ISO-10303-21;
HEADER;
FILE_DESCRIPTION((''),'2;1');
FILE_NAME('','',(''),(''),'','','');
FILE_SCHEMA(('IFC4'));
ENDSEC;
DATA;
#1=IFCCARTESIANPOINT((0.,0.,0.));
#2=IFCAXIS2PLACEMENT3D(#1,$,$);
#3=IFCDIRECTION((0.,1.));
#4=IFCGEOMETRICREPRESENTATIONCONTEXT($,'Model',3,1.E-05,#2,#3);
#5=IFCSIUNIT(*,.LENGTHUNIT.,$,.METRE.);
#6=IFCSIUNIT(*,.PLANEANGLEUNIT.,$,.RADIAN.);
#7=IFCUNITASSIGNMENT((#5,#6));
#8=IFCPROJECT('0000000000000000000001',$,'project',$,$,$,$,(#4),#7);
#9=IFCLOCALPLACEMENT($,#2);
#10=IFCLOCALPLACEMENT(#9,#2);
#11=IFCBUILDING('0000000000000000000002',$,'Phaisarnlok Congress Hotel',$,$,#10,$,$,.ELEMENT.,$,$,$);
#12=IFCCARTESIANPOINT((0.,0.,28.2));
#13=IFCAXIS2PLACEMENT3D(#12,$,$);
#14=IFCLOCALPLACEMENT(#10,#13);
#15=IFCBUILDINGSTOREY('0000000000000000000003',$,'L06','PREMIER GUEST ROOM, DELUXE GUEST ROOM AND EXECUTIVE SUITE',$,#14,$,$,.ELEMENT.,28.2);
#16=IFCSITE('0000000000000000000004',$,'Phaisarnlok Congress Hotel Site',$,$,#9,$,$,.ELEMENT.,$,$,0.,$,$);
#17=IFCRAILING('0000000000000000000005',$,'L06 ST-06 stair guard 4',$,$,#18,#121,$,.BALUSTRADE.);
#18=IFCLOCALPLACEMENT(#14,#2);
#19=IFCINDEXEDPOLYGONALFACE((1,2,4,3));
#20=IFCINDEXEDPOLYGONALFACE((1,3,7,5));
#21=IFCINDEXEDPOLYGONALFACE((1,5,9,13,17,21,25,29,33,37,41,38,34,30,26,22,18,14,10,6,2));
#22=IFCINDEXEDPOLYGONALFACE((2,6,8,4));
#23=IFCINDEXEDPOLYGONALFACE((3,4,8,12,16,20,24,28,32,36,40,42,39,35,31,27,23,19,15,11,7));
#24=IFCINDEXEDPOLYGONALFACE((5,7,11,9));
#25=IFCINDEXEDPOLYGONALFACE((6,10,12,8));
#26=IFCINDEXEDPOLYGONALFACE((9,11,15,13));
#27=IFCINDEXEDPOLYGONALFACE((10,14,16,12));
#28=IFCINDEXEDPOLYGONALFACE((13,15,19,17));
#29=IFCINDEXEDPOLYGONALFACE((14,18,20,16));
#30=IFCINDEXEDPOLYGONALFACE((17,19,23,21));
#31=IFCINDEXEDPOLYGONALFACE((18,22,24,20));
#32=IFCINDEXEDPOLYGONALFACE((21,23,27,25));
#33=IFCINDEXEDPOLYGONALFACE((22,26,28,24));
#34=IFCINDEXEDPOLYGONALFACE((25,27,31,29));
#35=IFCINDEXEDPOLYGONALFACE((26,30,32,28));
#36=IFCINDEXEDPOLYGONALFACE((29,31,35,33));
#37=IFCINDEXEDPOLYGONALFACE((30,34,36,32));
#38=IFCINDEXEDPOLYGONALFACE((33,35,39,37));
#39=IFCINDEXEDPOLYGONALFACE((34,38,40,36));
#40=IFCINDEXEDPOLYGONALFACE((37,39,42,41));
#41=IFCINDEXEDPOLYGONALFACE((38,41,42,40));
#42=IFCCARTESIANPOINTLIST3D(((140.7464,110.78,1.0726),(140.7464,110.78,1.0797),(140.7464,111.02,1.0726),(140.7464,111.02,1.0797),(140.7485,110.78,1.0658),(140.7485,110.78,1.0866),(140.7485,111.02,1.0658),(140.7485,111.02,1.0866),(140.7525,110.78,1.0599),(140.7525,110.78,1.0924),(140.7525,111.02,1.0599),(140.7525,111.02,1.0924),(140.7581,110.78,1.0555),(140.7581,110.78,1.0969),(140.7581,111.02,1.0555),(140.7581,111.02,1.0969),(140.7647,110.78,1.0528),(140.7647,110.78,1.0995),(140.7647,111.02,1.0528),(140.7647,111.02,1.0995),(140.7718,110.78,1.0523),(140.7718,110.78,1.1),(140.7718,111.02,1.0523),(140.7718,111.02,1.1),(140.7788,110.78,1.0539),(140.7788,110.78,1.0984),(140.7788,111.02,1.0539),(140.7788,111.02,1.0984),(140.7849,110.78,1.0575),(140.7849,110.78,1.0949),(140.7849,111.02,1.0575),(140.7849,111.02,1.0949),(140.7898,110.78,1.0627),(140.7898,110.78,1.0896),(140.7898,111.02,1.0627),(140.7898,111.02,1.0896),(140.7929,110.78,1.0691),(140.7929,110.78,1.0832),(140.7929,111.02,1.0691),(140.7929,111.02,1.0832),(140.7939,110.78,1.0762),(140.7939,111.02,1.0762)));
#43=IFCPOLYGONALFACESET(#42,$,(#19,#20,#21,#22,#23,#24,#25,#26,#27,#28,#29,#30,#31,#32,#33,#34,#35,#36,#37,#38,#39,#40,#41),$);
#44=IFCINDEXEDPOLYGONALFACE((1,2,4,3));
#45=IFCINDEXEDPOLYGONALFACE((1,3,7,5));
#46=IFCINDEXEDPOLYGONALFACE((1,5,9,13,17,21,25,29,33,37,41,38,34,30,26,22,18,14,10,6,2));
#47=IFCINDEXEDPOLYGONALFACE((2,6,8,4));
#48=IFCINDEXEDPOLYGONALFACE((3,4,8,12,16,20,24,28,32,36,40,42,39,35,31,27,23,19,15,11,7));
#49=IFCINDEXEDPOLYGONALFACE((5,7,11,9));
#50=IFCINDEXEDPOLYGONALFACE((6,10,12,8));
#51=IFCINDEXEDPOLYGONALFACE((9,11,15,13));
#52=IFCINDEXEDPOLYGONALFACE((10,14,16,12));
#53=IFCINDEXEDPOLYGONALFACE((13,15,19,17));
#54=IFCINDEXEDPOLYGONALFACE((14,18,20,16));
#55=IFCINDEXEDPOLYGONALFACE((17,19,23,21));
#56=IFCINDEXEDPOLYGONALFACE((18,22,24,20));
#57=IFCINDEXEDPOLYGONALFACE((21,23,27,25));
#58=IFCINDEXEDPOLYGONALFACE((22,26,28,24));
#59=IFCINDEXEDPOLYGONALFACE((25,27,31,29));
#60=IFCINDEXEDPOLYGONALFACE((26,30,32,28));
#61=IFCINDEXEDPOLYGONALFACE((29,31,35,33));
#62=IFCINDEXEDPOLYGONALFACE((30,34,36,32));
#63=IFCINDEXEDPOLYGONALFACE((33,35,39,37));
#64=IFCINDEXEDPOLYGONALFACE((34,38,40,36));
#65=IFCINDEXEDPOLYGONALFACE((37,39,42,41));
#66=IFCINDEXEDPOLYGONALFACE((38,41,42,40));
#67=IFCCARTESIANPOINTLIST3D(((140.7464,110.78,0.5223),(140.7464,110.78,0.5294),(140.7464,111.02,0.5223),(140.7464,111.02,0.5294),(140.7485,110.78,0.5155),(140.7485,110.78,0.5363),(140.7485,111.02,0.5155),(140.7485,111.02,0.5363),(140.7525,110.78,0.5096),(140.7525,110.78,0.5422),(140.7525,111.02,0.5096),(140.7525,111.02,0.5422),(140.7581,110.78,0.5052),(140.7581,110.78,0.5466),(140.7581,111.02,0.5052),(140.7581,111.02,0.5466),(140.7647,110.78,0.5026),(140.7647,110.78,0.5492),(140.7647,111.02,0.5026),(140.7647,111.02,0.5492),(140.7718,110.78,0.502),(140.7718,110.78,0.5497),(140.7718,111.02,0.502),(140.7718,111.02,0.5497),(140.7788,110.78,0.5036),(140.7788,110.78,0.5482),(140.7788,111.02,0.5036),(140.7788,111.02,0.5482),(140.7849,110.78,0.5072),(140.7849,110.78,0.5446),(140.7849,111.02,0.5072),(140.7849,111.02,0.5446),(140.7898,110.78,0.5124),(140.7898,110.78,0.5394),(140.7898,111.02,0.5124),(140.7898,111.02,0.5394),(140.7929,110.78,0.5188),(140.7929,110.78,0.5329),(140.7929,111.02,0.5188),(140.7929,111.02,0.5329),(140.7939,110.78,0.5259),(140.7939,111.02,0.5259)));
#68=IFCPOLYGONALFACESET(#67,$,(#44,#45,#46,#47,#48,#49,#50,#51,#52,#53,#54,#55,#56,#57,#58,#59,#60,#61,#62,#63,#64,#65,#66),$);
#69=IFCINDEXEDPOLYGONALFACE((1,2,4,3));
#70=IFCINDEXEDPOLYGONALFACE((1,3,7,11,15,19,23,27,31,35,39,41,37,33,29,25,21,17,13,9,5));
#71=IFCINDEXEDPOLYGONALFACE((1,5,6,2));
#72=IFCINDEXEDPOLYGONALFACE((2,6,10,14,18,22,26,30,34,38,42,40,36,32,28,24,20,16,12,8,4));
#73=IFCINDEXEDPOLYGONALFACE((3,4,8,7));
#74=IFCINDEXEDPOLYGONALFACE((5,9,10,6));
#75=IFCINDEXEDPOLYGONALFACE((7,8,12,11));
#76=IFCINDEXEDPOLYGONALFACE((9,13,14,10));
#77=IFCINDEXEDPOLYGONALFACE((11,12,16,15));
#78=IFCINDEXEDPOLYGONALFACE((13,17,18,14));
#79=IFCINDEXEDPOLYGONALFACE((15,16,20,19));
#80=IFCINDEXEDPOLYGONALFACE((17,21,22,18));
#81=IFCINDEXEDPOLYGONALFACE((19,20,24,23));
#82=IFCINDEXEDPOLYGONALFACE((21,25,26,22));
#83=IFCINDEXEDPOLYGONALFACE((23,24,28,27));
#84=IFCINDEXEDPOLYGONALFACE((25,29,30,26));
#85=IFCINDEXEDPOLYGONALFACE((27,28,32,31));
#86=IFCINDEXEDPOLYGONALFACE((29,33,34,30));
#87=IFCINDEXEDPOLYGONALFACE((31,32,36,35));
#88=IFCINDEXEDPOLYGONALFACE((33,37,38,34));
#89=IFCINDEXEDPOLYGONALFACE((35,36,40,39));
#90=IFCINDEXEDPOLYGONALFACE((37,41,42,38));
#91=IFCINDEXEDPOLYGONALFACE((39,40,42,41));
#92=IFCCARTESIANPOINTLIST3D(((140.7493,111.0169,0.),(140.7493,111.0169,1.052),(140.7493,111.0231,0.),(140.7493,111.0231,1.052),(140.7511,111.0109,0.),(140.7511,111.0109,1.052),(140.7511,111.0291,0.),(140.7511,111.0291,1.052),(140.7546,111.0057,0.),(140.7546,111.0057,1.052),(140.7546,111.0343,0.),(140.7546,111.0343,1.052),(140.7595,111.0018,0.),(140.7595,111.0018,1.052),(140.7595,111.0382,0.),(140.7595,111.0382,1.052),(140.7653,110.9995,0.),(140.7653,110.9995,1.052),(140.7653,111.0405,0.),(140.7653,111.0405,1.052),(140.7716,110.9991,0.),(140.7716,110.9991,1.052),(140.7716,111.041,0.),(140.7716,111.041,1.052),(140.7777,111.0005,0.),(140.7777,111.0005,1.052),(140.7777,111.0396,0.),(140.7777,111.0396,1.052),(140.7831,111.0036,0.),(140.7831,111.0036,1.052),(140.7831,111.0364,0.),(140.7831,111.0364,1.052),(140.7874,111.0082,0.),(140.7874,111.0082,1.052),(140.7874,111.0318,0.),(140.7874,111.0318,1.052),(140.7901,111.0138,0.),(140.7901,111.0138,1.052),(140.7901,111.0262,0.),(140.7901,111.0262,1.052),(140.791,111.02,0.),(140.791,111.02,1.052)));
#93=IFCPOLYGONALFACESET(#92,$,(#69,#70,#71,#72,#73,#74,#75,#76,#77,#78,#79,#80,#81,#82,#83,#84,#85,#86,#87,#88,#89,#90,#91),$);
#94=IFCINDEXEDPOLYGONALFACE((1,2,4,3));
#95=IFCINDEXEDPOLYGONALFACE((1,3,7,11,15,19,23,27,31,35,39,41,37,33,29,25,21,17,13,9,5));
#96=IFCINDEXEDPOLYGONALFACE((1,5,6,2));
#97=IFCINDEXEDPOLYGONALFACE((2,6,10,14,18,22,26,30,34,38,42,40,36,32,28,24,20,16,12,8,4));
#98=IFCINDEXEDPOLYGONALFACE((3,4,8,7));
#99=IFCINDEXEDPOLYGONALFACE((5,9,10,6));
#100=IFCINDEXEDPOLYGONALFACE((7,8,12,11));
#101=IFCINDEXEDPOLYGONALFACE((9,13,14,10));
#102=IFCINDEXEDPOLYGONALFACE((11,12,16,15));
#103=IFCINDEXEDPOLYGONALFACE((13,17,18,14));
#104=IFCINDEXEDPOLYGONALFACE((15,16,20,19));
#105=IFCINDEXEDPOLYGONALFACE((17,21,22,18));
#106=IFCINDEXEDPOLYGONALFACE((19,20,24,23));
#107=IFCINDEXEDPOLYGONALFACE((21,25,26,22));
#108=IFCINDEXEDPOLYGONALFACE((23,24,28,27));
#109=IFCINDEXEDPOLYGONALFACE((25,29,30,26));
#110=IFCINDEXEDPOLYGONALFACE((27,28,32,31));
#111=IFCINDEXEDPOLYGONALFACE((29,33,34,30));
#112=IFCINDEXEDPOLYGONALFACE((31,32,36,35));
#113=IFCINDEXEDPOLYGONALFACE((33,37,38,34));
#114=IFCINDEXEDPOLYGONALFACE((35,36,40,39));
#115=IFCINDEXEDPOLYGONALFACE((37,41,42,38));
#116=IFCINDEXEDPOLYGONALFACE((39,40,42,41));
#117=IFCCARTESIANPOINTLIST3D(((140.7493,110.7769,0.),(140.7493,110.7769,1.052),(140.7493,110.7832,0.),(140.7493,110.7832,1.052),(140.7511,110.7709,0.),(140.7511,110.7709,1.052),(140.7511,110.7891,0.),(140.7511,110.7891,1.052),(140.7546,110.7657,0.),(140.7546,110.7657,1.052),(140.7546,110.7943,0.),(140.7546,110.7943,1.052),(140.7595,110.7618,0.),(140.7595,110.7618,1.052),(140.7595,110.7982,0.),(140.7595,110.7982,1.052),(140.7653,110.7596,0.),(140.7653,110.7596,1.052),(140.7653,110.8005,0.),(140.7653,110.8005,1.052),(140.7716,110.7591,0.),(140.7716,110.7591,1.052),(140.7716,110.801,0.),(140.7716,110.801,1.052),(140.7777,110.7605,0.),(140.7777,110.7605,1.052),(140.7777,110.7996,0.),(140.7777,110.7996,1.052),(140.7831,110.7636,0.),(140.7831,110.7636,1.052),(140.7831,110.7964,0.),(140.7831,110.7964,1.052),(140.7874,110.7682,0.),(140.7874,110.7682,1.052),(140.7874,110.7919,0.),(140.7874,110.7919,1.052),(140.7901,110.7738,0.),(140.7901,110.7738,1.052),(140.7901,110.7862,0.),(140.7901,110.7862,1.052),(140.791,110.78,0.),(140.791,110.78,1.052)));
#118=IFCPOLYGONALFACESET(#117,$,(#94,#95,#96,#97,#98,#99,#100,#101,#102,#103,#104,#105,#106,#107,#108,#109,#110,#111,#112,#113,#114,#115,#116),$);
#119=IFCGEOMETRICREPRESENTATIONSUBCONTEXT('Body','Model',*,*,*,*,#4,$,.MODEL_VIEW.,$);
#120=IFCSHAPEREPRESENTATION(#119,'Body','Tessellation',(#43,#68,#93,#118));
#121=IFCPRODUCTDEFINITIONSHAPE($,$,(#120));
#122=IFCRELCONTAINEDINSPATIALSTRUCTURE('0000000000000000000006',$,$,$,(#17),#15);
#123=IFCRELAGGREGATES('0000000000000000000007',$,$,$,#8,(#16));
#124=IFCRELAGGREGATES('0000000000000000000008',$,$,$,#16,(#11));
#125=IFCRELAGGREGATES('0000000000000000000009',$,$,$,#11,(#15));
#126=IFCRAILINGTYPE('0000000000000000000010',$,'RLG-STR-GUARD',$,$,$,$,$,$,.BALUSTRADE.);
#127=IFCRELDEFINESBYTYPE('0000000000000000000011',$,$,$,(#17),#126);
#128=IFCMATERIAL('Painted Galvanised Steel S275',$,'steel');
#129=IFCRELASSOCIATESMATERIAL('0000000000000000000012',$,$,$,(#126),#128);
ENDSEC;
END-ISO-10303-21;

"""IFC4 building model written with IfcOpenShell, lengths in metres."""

from ifc_helpers import new_model, si_unit, direction, frame, origin, origin_2d, place, context, subcontext, project, spatial, circle, extrude, material, type_object, element, save


model = new_model("IFC4")

# Units and contexts
model_context = context("Model", 3, precision=1e-05, world=origin(), true_north=direction((0.0, 1.0)))
body_context = subcontext(model_context, "Body", "Model", "MODEL_VIEW")
ifc_project = project(units=[si_unit("LENGTHUNIT", "METRE"), si_unit("PLANEANGLEUNIT", "RADIAN")], contexts=[model_context])

# Site, building, storey
site_placement = place(None, origin())
site = spatial("IfcSite", under=ifc_project, at=site_placement, Name="Phaisarnlok Congress Hotel Site", CompositionType="ELEMENT", RefElevation=0.0)
building_placement = place(site_placement, origin())
building = spatial("IfcBuilding", under=site, at=building_placement, Name="Phaisarnlok Congress Hotel", CompositionType="ELEMENT")
storey_placement = place(building_placement, frame((0.0, 0.0, 28.2)))
storey = spatial("IfcBuildingStorey", under=building, at=storey_placement, Name="L06", Description="PREMIER GUEST ROOM, DELUXE GUEST ROOM AND EXECUTIVE SUITE", CompositionType="ELEMENT", Elevation=28.2)

# Railing
ifc_material_1 = material(Name="Painted Galvanised Steel S275", Category="steel")
railing_type_1 = type_object("IfcRailingType", Name="RLG-STR-GUARD", PredefinedType="BALUSTRADE", material=ifc_material_1)
railing_1_placement = place(storey_placement, frame((140.77, 111.02, 0.0)))
element("IfcRailing", 1, at=railing_1_placement, inside=storey, type_object=railing_type_1, Name="L06 ST-06 stair guard 4", PredefinedType="BALUSTRADE", context=body_context, shape_type="SweptSolid", body=[
    extrude(circle(Radius=0.0239, at=origin_2d()), frame((0.0, 0.0, 1.0762), z_axis=(0.0, -1.0, 0.0), x_axis=(1.0, 0.0, 0.0)), (0.0, 0.0, 1.0), 0.24),
    extrude(circle(Radius=0.0239, at=origin_2d()), frame((0.0, 0.0, 0.5259), z_axis=(0.0, -1.0, 0.0), x_axis=(1.0, 0.0, 0.0)), (0.0, 0.0, 1.0), 0.24),
    extrude(circle(Radius=0.021, at=origin_2d()), origin(), (0.0, 0.0, 1.0), 1.052),
    extrude(circle(Radius=0.021, at=origin_2d()), frame((0.0, -0.24, 0.0)), (0.0, 0.0, 1.0), 1.052),
])

save(model, "model.ifc")
